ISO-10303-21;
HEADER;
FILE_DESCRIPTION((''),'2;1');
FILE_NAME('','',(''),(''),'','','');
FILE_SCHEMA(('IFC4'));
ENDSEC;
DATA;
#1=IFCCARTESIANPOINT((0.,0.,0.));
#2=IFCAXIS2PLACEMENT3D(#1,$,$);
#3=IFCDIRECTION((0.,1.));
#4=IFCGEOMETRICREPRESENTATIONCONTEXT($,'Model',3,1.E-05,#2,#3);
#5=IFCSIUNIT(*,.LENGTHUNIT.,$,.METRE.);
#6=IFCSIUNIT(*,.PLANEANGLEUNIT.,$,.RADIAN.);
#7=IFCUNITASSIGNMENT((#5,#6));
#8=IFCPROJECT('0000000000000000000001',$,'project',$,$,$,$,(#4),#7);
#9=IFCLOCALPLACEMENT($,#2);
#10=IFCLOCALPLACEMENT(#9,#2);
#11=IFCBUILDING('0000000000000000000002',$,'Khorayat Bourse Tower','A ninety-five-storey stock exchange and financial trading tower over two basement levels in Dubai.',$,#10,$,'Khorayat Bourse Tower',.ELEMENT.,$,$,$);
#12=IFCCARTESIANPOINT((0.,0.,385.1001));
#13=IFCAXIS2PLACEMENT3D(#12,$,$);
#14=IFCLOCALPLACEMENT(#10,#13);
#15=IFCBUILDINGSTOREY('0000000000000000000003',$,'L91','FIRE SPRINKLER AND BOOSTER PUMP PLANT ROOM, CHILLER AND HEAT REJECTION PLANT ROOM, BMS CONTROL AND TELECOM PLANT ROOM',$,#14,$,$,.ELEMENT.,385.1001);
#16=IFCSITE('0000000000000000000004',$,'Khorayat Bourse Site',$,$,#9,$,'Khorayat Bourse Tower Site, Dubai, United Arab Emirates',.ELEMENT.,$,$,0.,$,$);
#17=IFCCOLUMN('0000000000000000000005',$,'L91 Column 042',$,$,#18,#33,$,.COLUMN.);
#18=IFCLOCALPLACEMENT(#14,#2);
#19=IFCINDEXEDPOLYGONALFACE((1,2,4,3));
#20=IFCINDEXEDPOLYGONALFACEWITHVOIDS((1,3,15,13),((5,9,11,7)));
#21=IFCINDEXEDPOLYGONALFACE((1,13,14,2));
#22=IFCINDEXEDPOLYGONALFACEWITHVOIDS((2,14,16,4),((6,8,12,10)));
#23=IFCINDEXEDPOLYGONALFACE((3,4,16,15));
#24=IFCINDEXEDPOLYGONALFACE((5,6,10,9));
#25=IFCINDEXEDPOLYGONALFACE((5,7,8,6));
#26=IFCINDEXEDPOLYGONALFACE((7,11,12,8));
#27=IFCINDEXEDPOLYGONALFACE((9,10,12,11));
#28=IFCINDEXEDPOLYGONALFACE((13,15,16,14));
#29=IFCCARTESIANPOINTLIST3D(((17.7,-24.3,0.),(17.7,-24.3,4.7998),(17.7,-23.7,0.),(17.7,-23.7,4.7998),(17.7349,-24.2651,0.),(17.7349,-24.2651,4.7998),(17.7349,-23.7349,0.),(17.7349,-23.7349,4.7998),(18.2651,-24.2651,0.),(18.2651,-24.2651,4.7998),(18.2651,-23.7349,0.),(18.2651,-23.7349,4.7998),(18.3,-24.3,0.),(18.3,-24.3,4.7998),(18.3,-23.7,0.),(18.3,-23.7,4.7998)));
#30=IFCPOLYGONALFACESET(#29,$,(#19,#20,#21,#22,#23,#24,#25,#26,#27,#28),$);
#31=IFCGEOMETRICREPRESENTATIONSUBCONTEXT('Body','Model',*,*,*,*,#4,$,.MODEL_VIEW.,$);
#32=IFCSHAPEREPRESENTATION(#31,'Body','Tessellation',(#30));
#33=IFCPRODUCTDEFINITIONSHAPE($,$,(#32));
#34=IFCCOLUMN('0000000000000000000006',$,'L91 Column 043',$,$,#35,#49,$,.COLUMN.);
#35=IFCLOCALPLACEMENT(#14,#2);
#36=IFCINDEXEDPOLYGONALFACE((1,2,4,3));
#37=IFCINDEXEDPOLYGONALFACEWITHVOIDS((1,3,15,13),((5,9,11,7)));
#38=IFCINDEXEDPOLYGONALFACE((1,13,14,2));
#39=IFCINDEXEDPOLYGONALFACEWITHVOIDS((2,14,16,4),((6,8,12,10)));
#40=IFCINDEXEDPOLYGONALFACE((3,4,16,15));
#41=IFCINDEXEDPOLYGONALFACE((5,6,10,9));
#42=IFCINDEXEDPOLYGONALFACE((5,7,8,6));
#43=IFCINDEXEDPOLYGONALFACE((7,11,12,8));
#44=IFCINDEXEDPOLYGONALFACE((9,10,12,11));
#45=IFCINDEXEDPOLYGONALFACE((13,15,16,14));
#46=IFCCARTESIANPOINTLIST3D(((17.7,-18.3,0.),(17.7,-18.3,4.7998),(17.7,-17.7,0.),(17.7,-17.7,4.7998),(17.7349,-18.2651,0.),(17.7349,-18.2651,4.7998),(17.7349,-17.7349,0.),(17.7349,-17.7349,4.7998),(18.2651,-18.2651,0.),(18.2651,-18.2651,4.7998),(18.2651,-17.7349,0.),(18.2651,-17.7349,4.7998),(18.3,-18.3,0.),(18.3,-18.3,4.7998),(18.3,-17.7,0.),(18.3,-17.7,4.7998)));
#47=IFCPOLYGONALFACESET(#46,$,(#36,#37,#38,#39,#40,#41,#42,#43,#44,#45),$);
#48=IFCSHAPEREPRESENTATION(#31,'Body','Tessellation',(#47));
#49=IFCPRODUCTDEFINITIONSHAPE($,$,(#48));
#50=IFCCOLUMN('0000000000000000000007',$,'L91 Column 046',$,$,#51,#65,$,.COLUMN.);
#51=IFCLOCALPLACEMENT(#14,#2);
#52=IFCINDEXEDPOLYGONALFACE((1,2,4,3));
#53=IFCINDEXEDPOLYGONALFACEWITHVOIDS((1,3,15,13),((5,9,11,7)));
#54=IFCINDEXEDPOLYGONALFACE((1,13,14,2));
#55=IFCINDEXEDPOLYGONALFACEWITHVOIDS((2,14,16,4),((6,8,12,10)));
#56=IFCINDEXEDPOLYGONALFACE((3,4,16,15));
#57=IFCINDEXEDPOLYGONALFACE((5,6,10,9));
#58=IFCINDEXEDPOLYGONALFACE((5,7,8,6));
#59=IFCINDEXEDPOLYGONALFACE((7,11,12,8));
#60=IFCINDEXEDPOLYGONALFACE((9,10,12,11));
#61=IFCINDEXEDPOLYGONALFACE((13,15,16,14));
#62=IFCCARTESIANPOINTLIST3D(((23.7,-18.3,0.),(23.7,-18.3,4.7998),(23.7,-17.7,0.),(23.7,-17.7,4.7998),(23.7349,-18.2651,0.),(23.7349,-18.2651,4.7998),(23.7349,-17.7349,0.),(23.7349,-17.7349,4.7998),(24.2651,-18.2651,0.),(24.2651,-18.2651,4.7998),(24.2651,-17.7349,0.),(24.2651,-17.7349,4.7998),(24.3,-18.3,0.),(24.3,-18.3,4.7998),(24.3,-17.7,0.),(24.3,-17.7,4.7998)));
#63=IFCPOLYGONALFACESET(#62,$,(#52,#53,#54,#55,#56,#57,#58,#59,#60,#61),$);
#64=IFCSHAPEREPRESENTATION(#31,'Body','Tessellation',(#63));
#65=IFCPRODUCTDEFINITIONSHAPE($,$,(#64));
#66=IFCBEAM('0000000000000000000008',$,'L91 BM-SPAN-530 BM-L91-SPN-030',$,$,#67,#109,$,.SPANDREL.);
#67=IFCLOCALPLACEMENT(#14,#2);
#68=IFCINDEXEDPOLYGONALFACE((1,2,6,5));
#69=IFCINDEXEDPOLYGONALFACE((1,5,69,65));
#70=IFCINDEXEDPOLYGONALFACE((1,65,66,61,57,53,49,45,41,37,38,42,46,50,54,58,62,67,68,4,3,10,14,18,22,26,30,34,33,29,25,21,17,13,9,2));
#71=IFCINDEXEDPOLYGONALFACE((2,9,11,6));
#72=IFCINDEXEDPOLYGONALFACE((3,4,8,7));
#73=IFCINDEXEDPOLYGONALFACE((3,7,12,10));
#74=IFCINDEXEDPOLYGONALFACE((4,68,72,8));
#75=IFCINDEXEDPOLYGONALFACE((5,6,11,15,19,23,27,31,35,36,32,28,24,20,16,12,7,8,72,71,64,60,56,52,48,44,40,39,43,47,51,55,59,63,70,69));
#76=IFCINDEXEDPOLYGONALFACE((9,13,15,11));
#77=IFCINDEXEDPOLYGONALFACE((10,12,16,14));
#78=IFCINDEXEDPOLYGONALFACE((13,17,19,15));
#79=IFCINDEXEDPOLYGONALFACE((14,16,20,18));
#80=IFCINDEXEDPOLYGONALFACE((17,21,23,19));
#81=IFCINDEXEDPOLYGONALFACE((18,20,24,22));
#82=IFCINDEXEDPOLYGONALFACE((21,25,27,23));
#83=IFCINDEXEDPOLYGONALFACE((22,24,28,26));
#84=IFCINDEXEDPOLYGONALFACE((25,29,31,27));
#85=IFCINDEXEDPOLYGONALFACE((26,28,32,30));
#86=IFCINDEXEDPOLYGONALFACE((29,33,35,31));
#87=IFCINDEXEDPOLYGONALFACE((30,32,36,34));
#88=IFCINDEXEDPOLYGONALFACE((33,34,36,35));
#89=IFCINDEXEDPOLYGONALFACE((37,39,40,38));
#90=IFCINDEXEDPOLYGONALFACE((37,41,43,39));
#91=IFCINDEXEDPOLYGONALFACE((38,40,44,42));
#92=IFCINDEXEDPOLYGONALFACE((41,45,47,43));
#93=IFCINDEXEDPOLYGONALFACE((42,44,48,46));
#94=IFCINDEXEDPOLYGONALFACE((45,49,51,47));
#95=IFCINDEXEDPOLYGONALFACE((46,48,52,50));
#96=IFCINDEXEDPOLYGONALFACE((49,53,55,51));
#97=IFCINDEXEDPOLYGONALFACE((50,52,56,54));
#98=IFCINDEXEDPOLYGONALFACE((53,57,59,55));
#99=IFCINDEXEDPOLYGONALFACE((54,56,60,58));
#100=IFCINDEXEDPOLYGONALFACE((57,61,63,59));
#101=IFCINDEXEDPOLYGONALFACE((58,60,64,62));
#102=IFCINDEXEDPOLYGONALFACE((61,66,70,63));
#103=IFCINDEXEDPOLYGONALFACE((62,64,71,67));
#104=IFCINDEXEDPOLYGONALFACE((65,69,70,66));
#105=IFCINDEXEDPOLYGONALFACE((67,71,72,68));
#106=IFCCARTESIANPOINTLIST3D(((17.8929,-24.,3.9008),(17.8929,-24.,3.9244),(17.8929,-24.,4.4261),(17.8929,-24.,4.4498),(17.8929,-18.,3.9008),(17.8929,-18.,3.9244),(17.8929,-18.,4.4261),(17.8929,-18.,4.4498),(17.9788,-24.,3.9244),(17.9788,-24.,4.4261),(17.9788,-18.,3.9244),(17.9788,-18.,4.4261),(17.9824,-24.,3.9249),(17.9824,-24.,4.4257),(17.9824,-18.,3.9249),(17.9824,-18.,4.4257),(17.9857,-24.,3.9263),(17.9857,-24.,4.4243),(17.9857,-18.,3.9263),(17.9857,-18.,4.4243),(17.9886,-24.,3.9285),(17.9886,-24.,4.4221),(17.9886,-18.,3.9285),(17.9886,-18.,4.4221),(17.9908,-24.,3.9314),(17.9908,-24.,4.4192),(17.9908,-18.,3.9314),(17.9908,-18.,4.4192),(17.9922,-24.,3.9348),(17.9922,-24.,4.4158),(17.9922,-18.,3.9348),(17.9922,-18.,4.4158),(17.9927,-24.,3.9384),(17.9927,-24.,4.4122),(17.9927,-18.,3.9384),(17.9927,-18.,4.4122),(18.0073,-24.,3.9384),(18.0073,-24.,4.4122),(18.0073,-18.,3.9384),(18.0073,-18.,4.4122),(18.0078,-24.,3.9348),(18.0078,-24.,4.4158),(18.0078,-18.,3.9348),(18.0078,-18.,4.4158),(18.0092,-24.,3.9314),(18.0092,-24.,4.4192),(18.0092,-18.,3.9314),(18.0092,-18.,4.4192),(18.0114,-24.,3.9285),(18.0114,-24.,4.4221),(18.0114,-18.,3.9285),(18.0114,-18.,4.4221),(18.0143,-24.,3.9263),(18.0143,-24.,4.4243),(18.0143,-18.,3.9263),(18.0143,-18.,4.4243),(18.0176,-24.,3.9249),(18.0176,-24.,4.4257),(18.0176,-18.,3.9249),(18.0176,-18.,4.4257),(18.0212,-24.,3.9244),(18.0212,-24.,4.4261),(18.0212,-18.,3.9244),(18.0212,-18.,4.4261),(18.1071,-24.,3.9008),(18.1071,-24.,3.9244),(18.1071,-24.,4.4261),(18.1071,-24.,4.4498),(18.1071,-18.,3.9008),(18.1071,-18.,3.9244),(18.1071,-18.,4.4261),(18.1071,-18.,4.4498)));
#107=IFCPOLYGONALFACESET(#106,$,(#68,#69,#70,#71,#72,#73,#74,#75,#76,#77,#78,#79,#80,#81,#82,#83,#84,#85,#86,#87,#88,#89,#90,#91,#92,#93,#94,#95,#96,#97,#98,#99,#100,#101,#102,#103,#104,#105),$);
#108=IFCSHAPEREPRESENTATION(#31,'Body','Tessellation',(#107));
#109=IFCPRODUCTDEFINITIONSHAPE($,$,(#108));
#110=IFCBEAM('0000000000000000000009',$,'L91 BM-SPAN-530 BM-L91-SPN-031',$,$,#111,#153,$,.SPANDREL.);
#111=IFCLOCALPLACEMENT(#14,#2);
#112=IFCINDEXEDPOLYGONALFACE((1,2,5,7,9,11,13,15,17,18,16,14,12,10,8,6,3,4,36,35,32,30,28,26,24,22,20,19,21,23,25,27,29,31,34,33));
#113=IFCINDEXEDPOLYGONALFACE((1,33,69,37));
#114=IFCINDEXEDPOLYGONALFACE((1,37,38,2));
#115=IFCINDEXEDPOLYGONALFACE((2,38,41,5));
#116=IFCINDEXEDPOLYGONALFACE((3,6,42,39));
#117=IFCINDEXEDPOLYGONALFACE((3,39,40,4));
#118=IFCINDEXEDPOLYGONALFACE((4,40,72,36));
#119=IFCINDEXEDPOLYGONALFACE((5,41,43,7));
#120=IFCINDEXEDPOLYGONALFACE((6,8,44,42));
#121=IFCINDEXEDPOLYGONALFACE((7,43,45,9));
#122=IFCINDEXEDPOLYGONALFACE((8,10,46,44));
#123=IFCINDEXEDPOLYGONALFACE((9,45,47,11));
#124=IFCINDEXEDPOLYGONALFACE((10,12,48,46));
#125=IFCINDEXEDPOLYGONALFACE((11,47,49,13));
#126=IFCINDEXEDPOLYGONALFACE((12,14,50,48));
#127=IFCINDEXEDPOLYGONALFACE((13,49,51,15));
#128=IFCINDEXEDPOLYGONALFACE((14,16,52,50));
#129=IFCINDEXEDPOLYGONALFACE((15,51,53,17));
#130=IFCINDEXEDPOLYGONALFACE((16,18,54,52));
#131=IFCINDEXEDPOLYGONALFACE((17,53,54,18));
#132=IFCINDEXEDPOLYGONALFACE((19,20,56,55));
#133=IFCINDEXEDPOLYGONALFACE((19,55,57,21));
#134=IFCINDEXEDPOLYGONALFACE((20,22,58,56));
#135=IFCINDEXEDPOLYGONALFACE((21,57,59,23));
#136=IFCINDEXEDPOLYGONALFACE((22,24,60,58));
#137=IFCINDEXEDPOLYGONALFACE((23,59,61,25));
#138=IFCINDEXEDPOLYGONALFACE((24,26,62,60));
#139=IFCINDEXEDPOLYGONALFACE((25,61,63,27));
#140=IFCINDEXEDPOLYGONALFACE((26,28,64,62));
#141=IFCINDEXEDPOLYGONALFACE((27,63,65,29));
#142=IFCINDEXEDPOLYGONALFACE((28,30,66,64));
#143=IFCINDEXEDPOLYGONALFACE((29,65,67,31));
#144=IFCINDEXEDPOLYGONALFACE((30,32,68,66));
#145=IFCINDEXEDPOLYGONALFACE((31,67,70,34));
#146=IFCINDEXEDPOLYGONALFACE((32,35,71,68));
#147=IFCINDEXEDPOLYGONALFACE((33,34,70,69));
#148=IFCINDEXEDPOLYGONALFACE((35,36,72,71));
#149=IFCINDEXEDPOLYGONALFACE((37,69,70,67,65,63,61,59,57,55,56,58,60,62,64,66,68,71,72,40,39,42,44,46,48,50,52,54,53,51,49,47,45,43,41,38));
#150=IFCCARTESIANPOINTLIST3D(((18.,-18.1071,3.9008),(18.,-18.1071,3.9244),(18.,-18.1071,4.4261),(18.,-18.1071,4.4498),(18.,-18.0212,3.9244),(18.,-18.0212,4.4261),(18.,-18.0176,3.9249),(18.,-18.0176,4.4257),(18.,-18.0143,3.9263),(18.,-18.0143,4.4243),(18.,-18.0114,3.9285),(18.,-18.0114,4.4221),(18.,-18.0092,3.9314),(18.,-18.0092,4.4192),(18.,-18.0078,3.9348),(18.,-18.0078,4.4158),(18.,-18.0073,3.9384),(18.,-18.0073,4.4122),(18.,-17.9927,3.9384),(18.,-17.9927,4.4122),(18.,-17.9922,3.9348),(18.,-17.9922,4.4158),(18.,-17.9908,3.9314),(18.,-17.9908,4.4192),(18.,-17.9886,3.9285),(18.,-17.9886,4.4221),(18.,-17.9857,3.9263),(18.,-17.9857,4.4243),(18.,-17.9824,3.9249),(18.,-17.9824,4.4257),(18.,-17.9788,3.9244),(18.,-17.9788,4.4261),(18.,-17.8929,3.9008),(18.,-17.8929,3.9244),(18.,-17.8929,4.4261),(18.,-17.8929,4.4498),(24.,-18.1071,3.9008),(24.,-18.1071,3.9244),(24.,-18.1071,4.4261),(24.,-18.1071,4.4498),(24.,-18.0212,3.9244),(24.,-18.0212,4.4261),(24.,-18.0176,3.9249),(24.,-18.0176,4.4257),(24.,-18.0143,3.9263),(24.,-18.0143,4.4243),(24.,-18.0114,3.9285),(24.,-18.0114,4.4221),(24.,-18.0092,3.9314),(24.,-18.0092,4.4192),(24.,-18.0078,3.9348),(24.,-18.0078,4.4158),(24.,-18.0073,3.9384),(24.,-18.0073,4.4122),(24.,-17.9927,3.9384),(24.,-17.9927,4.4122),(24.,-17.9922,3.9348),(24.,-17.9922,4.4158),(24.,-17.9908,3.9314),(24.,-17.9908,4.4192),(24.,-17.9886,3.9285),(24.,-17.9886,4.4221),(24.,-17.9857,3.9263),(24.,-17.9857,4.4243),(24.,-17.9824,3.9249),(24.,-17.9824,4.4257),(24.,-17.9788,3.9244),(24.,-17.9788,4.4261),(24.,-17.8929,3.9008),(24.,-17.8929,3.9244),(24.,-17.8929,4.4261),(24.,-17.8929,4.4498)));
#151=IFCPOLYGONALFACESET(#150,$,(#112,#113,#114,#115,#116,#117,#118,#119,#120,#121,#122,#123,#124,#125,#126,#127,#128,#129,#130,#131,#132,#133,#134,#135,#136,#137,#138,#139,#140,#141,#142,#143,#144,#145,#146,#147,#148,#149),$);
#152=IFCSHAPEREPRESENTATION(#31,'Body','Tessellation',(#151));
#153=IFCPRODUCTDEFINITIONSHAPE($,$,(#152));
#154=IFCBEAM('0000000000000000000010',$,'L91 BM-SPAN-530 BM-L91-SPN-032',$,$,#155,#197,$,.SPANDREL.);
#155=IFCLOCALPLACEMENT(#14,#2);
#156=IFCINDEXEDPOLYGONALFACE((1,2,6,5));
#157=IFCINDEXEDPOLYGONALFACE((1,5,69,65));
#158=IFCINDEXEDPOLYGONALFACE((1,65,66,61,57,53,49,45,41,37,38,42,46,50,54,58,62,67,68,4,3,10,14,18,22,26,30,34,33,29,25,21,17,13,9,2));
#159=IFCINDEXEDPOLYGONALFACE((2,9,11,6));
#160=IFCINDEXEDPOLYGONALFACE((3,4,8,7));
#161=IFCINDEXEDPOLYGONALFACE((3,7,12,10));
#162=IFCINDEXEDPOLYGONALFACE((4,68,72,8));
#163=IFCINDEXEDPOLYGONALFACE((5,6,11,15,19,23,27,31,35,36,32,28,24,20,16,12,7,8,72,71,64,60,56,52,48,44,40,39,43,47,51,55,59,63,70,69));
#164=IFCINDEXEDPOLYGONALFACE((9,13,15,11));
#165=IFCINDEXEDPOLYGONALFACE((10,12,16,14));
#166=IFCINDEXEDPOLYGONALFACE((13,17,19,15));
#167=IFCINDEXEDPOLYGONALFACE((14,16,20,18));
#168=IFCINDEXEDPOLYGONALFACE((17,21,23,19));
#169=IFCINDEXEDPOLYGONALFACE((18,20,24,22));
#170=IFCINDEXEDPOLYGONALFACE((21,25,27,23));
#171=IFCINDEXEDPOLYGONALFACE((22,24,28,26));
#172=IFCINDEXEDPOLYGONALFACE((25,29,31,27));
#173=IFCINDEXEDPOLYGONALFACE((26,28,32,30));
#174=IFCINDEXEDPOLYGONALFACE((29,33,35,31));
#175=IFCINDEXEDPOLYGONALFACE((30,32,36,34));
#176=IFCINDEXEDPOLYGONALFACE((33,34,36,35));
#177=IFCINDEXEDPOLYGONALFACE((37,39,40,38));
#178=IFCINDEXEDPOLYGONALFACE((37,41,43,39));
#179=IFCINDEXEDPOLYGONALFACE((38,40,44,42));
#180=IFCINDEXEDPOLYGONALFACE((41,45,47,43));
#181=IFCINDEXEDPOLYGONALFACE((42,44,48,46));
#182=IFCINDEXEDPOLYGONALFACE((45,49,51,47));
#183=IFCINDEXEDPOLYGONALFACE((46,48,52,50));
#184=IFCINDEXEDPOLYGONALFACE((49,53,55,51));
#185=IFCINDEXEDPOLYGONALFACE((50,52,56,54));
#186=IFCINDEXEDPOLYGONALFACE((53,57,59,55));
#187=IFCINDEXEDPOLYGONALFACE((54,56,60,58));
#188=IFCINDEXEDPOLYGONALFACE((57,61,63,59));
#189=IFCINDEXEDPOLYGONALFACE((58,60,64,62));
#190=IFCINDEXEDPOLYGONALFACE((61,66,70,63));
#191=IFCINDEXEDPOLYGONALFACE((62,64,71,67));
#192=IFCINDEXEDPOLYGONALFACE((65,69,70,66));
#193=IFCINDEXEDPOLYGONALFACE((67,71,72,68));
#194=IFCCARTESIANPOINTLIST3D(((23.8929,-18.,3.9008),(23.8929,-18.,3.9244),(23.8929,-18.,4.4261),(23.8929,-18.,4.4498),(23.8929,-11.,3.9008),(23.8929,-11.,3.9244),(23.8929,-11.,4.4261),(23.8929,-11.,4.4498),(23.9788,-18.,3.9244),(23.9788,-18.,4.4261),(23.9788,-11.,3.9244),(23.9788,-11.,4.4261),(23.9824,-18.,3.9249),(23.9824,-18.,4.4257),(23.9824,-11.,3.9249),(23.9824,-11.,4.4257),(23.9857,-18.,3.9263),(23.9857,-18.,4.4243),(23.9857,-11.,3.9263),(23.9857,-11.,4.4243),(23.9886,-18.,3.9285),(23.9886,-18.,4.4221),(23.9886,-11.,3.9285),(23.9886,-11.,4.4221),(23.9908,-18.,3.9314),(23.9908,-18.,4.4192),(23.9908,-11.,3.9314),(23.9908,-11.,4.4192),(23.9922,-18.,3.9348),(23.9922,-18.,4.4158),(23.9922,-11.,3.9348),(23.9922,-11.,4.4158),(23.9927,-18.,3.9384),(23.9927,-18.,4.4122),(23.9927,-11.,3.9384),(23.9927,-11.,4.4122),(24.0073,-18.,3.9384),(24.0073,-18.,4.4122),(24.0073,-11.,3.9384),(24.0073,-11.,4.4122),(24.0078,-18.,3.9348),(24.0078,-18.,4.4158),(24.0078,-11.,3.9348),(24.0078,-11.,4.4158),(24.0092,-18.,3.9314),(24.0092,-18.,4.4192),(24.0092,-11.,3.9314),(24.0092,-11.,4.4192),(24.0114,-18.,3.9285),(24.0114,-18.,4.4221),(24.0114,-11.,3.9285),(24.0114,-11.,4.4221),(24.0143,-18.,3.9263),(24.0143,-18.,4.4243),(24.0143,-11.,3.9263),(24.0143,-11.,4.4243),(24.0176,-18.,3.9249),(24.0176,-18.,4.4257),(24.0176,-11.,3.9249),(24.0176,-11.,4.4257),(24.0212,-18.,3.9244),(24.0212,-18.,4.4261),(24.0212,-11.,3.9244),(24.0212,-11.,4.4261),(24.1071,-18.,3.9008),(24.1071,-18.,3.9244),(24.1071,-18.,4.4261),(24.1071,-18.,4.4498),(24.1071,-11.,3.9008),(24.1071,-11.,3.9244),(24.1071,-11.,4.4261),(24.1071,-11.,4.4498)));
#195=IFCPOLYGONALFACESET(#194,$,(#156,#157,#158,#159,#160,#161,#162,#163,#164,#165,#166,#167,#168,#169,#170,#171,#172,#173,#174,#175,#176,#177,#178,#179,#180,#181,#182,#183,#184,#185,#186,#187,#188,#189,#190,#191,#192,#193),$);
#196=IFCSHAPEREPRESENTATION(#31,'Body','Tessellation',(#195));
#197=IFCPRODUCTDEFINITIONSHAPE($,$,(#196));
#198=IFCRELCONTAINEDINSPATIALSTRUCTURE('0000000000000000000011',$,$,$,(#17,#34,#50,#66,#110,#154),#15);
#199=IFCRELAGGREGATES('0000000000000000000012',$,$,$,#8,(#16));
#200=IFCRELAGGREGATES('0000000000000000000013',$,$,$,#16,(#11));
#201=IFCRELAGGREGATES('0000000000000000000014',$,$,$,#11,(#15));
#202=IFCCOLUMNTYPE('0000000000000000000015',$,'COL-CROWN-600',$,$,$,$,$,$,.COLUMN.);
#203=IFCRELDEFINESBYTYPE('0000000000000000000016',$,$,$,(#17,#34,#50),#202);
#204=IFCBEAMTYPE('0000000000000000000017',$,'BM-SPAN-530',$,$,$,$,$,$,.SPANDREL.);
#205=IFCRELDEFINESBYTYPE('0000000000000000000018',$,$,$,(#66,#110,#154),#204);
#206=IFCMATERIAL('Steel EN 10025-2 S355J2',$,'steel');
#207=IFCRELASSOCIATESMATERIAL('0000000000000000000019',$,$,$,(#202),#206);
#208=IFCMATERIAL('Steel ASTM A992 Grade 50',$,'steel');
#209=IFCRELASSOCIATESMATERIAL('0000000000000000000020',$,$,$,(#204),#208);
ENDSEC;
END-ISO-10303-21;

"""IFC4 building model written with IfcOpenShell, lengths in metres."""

from ifc_helpers import new_model, si_unit, direction, frame, origin, origin_2d, place, context, subcontext, project, spatial, hollow_rectangle, i_section, extrude, source, transform, mapped, material, material_profile, profile_set, type_object, element, save


model = new_model("IFC4")

# Units and contexts
model_context = context("Model", 3, precision=1e-05, world=origin(), true_north=direction((0.0, 1.0)))
body_context = subcontext(model_context, "Body", "Model", "MODEL_VIEW")
ifc_project = project(units=[si_unit("LENGTHUNIT", "METRE"), si_unit("PLANEANGLEUNIT", "RADIAN")], contexts=[model_context])

# Site, building, storey
site_placement = place(None, origin())
site = spatial("IfcSite", under=ifc_project, at=site_placement, Name="Khorayat Bourse Site", LongName="Khorayat Bourse Tower Site, Dubai, United Arab Emirates", CompositionType="ELEMENT", RefElevation=0.0)
building_placement = place(site_placement, origin())
building = spatial("IfcBuilding", under=site, at=building_placement, Name="Khorayat Bourse Tower", Description="A ninety-five-storey stock exchange and financial trading tower over two basement levels in Dubai.", LongName="Khorayat Bourse Tower", CompositionType="ELEMENT")
storey_placement = place(building_placement, frame((0.0, 0.0, 385.1001)))
storey = spatial("IfcBuildingStorey", under=building, at=storey_placement, Name="L91", Description="FIRE SPRINKLER AND BOOSTER PUMP PLANT ROOM, CHILLER AND HEAT REJECTION PLANT ROOM, BMS CONTROL AND TELECOM PLANT ROOM", CompositionType="ELEMENT", Elevation=385.1001)

# Columns
ifc_material_1 = material(Name="Steel EN 10025-2 S355J2", Category="steel")
ifc_material_profile_1 = material_profile(ifc_material_1, hollow_rectangle(XDim=0.6001, YDim=0.6001, WallThickness=0.0349, at=origin_2d()), Name="BOX 600x600x35")
ifc_profile_set_1 = profile_set([ifc_material_profile_1], Name="Steel EN 10025-2 S355J2")
column_type = type_object("IfcColumnType", Name="COL-CROWN-600", PredefinedType="COLUMN", material=ifc_profile_set_1)
shared_shape_1 = source(origin(), body_context, "Body", "SweptSolid", [
    extrude(hollow_rectangle(XDim=0.6001, YDim=0.6001, WallThickness=0.0349, at=origin_2d()), origin(), (0.0, 0.0, 1.0), 4.7998),
])
for number, where, z_axis, x_axis, name in (
    (1, (18.0, -24.0, 0.0), (0.0, 0.0, 1.0), (1.0, 0.0, 0.0), "L91 Column 042"),
    (2, (18.0, -18.0, 0.0), (0.0, 0.0, 1.0), (1.0, 0.0, 0.0), "L91 Column 043"),
    (3, (24.0, -18.0, 0.0), (0.0, 0.0, 1.0), (1.0, 0.0, 0.0), "L91 Column 046"),
):
    element("IfcColumn", number, at=place(storey_placement, frame(where, z_axis=z_axis, x_axis=x_axis)), inside=storey, type_object=column_type, Name=name, PredefinedType="COLUMN", context=body_context, shape_type="MappedRepresentation", body=[
        mapped(shared_shape_1, transform((0.0, 0.0, 0.0), scale=1.0)),
    ])

# Beams
ifc_material_2 = material(Name="Steel ASTM A992 Grade 50", Category="steel")
ifc_material_profile_2 = material_profile(ifc_material_2, i_section(OverallWidth=0.2141, OverallDepth=0.5491, WebThickness=0.0146, FlangeThickness=0.0237, FilletRadius=0.0139, at=origin_2d()), Name="W530X138")
ifc_profile_set_2 = profile_set([ifc_material_profile_2], Name="Steel ASTM A992 Grade 50")
beam_type_1 = type_object("IfcBeamType", Name="BM-SPAN-530", PredefinedType="SPANDREL", material=ifc_profile_set_2)
shared_shape_2 = source(origin(), body_context, "Body", "SweptSolid", [
    extrude(i_section(OverallWidth=0.2141, OverallDepth=0.5491, WebThickness=0.0146, FlangeThickness=0.0237, FilletRadius=0.0139, at=origin_2d()), origin(), (0.0, 0.0, 1.0), 6.0),
])
for number, where, z_axis, x_axis, name in (
    (4, (18.0, -24.0, 4.1753), (0.0, 1.0, 0.0), (-1.0, 0.0, 0.0), "L91 BM-SPAN-530 BM-L91-SPN-030"),
    (5, (18.0, -18.0, 4.1753), (1.0, 0.0, 0.0), (0.0, 1.0, 0.0), "L91 BM-SPAN-530 BM-L91-SPN-031"),
):
    element("IfcBeam", number, at=place(storey_placement, frame(where, z_axis=z_axis, x_axis=x_axis)), inside=storey, type_object=beam_type_1, Name=name, PredefinedType="SPANDREL", context=body_context, shape_type="MappedRepresentation", body=[
        mapped(shared_shape_2, transform((0.0, 0.0, 0.0), scale=1.0)),
    ])
shared_shape_3 = source(origin(), body_context, "Body", "SweptSolid", [
    extrude(i_section(OverallWidth=0.2141, OverallDepth=0.5491, WebThickness=0.0146, FlangeThickness=0.0237, FilletRadius=0.0139, at=origin_2d()), origin(), (0.0, 0.0, 1.0), 7.0),
])
beam_1_placement = place(storey_placement, frame((24.0, -18.0, 4.1753), z_axis=(0.0, 1.0, 0.0), x_axis=(-1.0, 0.0, 0.0)))
element("IfcBeam", 6, at=beam_1_placement, inside=storey, type_object=beam_type_1, Name="L91 BM-SPAN-530 BM-L91-SPN-032", PredefinedType="SPANDREL", context=body_context, shape_type="MappedRepresentation", body=[
    mapped(shared_shape_3, transform((0.0, 0.0, 0.0), scale=1.0)),
])

save(model, "model.ifc")
